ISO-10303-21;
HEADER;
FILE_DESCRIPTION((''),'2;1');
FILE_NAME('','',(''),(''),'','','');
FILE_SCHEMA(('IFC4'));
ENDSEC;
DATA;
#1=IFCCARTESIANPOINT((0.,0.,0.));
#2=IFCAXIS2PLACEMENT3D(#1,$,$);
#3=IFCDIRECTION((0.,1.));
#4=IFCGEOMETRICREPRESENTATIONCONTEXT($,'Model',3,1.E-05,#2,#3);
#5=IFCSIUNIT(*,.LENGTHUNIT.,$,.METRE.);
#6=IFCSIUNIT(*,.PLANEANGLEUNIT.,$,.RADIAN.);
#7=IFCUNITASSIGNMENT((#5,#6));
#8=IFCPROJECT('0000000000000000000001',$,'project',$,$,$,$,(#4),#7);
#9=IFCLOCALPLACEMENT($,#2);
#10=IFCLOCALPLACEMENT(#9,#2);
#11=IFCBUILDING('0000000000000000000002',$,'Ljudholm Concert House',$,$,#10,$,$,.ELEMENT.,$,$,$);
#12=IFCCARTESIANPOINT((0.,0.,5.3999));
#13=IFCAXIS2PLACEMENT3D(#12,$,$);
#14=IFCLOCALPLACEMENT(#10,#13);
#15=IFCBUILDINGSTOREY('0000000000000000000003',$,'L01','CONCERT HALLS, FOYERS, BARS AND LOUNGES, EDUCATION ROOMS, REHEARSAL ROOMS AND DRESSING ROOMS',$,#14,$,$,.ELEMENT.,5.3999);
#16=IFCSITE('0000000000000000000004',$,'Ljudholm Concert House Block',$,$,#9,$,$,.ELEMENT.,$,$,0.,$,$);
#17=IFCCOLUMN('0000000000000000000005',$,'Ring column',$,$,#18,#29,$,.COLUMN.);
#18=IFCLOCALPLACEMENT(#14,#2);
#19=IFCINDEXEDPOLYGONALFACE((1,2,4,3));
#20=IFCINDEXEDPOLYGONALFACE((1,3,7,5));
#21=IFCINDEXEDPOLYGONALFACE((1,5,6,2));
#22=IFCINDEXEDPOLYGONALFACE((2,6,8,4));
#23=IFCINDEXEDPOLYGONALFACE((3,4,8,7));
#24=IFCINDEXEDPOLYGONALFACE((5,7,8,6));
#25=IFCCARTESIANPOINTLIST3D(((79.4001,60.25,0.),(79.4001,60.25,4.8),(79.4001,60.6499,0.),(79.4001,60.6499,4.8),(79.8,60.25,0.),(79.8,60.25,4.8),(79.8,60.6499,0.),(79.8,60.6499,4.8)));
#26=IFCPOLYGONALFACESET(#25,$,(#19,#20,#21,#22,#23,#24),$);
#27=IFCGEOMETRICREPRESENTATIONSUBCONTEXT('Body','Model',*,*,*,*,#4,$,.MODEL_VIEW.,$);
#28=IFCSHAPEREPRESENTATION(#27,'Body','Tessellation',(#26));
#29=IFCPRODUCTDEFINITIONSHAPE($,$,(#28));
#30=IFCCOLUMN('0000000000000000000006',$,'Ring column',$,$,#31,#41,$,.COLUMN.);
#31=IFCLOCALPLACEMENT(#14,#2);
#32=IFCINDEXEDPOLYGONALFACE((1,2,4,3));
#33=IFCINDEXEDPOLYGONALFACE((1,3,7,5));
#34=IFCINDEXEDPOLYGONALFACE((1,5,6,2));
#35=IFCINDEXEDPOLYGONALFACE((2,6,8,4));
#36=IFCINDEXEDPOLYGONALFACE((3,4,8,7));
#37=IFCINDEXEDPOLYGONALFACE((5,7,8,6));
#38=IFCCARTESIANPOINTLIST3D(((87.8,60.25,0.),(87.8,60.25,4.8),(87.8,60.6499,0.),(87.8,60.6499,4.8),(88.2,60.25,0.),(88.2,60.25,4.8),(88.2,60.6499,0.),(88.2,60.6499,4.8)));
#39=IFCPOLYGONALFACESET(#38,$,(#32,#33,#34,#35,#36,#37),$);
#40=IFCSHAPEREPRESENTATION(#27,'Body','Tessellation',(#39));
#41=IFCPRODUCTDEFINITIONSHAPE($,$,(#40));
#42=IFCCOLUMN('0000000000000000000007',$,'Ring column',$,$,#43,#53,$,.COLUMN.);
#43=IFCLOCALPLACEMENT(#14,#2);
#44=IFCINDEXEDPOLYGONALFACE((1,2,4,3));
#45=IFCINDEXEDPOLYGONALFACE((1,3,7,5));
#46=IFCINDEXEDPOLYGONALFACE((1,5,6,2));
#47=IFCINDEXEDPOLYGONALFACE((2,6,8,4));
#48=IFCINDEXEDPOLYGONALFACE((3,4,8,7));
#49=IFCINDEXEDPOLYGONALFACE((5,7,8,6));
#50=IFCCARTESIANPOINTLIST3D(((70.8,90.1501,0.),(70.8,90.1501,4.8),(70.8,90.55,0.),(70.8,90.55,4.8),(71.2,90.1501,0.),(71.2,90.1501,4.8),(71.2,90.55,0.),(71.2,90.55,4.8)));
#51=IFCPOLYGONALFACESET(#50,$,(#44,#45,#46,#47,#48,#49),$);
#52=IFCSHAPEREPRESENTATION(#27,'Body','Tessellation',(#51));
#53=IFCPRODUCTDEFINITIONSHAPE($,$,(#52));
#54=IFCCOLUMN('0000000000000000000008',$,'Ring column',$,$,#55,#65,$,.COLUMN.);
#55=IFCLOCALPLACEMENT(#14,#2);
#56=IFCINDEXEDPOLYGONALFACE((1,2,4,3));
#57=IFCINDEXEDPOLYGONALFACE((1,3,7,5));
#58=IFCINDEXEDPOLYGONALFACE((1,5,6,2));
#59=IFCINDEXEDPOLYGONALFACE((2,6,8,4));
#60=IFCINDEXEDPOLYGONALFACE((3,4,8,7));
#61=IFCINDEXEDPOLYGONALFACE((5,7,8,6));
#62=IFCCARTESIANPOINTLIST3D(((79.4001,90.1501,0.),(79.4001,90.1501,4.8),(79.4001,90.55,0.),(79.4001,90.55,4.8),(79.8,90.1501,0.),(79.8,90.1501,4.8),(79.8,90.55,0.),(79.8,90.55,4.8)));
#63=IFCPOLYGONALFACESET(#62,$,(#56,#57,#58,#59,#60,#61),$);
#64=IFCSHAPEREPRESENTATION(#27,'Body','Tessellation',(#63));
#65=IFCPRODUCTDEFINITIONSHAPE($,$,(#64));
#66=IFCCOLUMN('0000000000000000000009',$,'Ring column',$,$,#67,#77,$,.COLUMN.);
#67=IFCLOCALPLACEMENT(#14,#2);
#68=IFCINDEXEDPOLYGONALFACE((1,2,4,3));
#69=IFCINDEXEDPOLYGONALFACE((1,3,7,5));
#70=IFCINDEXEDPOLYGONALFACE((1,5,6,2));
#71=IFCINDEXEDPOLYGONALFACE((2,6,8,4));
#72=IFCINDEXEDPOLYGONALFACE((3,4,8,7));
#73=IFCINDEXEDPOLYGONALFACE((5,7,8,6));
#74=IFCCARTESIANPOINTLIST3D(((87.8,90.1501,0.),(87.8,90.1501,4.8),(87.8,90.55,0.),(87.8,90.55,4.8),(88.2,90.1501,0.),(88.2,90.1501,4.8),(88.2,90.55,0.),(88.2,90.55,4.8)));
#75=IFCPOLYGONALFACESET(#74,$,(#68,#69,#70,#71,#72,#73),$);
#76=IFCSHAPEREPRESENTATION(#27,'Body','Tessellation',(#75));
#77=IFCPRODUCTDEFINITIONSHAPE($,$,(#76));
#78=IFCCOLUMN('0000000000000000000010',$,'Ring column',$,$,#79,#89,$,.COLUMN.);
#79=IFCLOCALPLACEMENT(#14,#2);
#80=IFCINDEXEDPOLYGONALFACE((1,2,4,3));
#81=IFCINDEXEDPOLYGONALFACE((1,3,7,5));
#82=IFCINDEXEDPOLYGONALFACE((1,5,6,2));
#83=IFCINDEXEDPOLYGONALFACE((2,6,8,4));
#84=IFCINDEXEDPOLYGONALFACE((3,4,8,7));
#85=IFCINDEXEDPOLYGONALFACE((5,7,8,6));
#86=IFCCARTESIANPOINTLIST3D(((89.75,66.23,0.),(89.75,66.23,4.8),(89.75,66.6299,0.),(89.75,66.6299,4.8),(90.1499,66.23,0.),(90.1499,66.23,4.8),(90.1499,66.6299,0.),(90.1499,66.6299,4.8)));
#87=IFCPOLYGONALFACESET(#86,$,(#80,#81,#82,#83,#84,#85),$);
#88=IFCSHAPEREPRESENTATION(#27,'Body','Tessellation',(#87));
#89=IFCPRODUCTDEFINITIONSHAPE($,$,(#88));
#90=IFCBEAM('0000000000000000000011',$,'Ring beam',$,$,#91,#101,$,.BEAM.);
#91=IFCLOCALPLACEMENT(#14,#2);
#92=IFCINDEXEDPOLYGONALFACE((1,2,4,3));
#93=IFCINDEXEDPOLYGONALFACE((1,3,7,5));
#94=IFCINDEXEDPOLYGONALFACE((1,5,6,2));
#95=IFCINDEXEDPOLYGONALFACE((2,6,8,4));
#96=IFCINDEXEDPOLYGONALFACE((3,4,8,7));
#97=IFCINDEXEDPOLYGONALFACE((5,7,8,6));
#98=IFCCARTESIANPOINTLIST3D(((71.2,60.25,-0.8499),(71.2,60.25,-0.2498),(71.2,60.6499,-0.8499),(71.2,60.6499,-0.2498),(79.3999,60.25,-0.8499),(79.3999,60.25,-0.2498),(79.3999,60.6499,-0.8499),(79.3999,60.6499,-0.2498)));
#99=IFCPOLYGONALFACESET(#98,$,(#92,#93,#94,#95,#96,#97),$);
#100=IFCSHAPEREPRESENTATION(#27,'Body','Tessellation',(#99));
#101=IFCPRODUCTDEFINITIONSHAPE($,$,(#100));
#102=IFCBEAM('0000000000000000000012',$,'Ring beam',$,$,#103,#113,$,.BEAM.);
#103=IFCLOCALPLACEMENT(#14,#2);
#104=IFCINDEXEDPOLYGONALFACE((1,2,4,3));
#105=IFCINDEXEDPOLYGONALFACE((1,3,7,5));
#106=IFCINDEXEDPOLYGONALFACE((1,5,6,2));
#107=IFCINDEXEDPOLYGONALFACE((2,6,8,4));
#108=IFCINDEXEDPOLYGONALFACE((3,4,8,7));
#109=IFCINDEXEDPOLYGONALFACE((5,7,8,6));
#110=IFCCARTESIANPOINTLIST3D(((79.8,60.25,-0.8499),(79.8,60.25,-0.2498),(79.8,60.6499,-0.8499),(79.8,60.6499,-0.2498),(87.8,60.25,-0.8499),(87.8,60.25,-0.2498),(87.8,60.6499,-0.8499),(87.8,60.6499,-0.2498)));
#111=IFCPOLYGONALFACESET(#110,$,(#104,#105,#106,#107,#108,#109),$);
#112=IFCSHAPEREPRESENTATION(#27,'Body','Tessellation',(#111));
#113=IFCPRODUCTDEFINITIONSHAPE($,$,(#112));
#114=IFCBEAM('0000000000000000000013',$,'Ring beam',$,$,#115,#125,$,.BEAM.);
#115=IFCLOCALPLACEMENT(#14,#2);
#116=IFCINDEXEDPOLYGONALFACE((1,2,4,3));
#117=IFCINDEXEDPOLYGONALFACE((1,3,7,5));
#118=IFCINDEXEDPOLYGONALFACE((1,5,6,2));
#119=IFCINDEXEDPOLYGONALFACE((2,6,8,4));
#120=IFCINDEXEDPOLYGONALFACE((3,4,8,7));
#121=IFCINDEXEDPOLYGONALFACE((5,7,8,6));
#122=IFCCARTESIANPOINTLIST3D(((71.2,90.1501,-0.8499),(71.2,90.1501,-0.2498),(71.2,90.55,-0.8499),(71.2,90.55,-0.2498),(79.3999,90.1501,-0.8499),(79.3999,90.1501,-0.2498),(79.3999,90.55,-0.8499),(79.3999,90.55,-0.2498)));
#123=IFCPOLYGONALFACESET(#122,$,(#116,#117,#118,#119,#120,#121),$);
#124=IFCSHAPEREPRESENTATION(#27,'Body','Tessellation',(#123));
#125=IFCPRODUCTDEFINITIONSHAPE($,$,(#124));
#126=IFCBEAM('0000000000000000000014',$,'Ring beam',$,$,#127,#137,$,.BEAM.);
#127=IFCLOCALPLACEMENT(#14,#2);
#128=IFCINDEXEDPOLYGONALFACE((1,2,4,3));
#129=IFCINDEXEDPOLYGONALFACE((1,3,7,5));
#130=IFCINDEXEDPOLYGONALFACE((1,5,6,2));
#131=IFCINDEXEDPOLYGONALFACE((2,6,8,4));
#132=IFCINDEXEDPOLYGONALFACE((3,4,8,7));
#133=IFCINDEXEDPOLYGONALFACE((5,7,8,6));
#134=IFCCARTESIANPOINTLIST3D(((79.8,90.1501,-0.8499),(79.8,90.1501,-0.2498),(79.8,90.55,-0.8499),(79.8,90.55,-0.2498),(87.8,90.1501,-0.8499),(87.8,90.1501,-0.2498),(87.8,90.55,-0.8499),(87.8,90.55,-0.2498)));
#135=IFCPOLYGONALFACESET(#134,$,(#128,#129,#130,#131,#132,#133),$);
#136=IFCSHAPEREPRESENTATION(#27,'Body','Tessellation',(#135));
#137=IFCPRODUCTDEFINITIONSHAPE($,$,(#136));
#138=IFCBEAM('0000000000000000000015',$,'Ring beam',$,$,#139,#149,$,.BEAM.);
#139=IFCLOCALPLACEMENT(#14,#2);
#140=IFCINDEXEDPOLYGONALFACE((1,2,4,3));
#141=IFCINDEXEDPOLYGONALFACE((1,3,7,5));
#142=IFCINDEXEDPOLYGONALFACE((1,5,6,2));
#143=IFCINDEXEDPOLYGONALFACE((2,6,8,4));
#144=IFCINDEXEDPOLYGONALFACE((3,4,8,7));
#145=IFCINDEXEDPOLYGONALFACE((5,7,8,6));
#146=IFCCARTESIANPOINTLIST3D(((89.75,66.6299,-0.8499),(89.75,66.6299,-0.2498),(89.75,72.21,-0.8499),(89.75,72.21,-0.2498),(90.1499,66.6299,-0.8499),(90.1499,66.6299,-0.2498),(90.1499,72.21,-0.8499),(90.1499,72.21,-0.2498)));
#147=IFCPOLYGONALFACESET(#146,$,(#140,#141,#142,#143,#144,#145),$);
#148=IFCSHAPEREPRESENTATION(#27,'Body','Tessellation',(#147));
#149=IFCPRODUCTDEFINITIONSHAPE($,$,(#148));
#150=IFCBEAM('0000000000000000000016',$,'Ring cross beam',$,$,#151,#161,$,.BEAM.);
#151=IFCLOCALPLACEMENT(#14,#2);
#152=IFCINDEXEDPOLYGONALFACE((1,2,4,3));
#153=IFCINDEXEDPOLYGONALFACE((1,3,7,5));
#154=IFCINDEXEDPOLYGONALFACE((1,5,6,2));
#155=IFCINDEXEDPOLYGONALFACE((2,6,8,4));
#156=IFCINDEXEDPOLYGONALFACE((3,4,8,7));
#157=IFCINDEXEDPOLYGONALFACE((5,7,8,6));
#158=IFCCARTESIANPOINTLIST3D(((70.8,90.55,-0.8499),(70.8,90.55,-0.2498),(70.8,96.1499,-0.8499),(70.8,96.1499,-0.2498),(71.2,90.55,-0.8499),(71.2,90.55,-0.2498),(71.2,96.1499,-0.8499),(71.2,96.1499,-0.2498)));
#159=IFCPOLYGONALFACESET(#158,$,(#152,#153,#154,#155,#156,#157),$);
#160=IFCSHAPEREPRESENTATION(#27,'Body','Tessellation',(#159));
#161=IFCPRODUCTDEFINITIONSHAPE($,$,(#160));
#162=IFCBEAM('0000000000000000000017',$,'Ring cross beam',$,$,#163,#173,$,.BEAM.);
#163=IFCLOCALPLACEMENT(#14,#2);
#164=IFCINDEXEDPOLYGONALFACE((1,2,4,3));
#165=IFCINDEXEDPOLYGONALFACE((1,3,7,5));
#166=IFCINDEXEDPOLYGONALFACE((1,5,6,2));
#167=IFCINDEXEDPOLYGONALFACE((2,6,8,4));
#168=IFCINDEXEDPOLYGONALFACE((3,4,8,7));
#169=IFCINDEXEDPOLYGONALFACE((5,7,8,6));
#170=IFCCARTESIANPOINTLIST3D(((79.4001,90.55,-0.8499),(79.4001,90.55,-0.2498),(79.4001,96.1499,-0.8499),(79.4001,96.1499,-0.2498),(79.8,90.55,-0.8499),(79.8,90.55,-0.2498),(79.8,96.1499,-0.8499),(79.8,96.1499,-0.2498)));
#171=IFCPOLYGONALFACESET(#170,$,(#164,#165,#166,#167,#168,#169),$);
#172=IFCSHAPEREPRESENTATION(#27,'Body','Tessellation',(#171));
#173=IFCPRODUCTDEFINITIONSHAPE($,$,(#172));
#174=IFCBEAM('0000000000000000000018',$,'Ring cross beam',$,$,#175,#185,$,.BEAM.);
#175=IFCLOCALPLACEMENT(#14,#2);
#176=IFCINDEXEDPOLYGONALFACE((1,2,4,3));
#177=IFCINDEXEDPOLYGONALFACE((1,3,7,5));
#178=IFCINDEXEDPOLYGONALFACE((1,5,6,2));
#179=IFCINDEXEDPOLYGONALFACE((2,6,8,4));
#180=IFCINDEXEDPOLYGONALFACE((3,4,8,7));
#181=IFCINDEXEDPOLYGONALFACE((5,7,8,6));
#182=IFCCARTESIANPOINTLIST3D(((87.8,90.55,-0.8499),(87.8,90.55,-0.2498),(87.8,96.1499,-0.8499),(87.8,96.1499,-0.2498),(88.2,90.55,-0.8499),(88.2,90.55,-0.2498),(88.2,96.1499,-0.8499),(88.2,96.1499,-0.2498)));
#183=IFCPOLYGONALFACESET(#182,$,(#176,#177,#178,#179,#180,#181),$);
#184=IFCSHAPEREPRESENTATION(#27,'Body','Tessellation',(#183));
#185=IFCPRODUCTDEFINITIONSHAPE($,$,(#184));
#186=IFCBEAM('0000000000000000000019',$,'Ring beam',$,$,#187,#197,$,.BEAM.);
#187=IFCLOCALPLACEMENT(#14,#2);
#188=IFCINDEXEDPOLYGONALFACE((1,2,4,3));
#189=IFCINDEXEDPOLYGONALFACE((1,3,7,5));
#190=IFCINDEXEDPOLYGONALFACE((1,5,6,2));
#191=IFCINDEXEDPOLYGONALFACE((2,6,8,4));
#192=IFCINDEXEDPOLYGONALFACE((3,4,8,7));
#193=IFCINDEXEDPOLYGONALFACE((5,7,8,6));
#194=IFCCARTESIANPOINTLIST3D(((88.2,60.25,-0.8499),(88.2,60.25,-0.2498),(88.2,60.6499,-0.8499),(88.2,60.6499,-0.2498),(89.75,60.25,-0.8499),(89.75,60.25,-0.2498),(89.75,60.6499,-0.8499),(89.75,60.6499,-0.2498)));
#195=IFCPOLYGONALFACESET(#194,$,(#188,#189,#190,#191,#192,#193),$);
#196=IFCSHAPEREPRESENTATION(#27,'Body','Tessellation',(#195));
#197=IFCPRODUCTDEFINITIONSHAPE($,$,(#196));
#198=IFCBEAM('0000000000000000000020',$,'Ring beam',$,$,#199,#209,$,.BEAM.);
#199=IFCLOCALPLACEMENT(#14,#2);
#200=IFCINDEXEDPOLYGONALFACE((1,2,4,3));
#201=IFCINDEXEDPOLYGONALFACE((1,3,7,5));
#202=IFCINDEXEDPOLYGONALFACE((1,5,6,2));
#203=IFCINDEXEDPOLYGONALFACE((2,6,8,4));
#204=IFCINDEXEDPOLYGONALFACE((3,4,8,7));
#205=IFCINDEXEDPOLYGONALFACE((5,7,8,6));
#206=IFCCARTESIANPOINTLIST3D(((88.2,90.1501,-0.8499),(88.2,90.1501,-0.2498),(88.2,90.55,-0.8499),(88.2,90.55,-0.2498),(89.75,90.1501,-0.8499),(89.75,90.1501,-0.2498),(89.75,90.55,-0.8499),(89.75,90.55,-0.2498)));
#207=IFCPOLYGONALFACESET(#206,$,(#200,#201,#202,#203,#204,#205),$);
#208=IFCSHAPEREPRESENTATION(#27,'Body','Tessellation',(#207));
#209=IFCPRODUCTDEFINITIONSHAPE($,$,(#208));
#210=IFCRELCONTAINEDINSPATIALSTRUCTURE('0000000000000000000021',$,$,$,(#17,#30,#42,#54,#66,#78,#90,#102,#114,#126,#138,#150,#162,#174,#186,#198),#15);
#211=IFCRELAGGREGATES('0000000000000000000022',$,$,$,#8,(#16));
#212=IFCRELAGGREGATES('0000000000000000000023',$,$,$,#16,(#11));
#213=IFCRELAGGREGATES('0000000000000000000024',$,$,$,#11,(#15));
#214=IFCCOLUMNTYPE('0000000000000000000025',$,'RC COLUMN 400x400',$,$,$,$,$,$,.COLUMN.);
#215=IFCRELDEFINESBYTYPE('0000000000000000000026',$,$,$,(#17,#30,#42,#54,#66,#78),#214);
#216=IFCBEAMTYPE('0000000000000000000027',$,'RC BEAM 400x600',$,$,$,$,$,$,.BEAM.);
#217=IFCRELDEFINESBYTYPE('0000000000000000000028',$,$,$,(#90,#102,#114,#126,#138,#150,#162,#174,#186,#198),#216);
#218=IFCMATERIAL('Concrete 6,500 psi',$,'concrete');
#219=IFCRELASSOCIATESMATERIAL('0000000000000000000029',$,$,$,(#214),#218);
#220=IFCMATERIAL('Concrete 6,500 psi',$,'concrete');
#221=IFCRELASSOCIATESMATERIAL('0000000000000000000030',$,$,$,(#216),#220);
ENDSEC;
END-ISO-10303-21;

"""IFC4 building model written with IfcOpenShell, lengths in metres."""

from ifc_helpers import new_model, si_unit, direction, frame, origin, origin_2d, place, context, subcontext, project, spatial, rectangle, extrude, material, material_profile, profile_set, type_object, element, save


model = new_model("IFC4")

# Units and contexts
model_context = context("Model", 3, precision=1e-05, world=origin(), true_north=direction((0.0, 1.0)))
body_context = subcontext(model_context, "Body", "Model", "MODEL_VIEW")
ifc_project = project(units=[si_unit("LENGTHUNIT", "METRE"), si_unit("PLANEANGLEUNIT", "RADIAN")], contexts=[model_context])

# Site, building, storey
site_placement = place(None, origin())
site = spatial("IfcSite", under=ifc_project, at=site_placement, Name="Ljudholm Concert House Block", CompositionType="ELEMENT", RefElevation=0.0)
building_placement = place(site_placement, origin())
building = spatial("IfcBuilding", under=site, at=building_placement, Name="Ljudholm Concert House", CompositionType="ELEMENT")
storey_placement = place(building_placement, frame((0.0, 0.0, 5.3999)))
storey = spatial("IfcBuildingStorey", under=building, at=storey_placement, Name="L01", Description="CONCERT HALLS, FOYERS, BARS AND LOUNGES, EDUCATION ROOMS, REHEARSAL ROOMS AND DRESSING ROOMS", CompositionType="ELEMENT", Elevation=5.3999)

# Columns
ifc_material_1 = material(Name="Concrete 6,500 psi", Category="concrete")
ifc_material_profile_1 = material_profile(ifc_material_1, rectangle(XDim=0.3999, YDim=0.3999, at=origin_2d()), Name="RC COLUMN 400x400")
ifc_profile_set_1 = profile_set([ifc_material_profile_1], Name="Concrete 6,500 psi")
column_type = type_object("IfcColumnType", Name="RC COLUMN 400x400", PredefinedType="COLUMN", material=ifc_profile_set_1)
for number, where, z_axis, x_axis, name in (
    (1, (79.6001, 60.45, 0.0), (0.0, 0.0, 1.0), (1.0, 0.0, 0.0), "Ring column"),
    (2, (88.0, 60.45, 0.0), (0.0, 0.0, 1.0), (1.0, 0.0, 0.0), "Ring column"),
    (3, (71.0, 90.3501, 0.0), (0.0, 0.0, 1.0), (1.0, 0.0, 0.0), "Ring column"),
    (4, (79.6001, 90.3501, 0.0), (0.0, 0.0, 1.0), (1.0, 0.0, 0.0), "Ring column"),
    (5, (88.0, 90.3501, 0.0), (0.0, 0.0, 1.0), (1.0, 0.0, 0.0), "Ring column"),
    (6, (89.95, 66.4299, 0.0), (0.0, 0.0, 1.0), (1.0, 0.0, 0.0), "Ring column"),
):
    element("IfcColumn", number, at=place(storey_placement, frame(where, z_axis=z_axis, x_axis=x_axis)), inside=storey, type_object=column_type, Name=name, PredefinedType="COLUMN", context=body_context, shape_type="SweptSolid", body=[
        extrude(rectangle(XDim=0.3999, YDim=0.3999, at=origin_2d()), origin(), (0.0, 0.0, 1.0), 4.8),
    ])

# Beams
ifc_material_2 = material(Name="Concrete 6,500 psi", Category="concrete")
ifc_material_profile_2 = material_profile(ifc_material_2, rectangle(XDim=0.3999, YDim=0.6001, at=origin_2d()), Name="RC BEAM 400x600")
ifc_profile_set_2 = profile_set([ifc_material_profile_2], Name="Concrete 6,500 psi")
beam_type_1 = type_object("IfcBeamType", Name="RC BEAM 400x600", PredefinedType="BEAM", material=ifc_profile_set_2)
beam_1_placement = place(storey_placement, frame((71.2, 60.45, -0.5498), z_axis=(1.0, 0.0, 0.0), x_axis=(0.0, 1.0, 0.0)))
element("IfcBeam", 7, at=beam_1_placement, inside=storey, type_object=beam_type_1, Name="Ring beam", PredefinedType="BEAM", context=body_context, shape_type="SweptSolid", body=[
    extrude(rectangle(XDim=0.3999, YDim=0.6001, at=origin_2d()), origin(), (0.0, 0.0, 1.0), 8.2),
])
beam_2_placement = place(storey_placement, frame((79.8, 60.45, -0.5498), z_axis=(1.0, 0.0, 0.0), x_axis=(0.0, 1.0, 0.0)))
element("IfcBeam", 8, at=beam_2_placement, inside=storey, type_object=beam_type_1, Name="Ring beam", PredefinedType="BEAM", context=body_context, shape_type="SweptSolid", body=[
    extrude(rectangle(XDim=0.3999, YDim=0.6001, at=origin_2d()), origin(), (0.0, 0.0, 1.0), 8.0),
])
beam_3_placement = place(storey_placement, frame((71.2, 90.3501, -0.5498), z_axis=(1.0, 0.0, 0.0), x_axis=(0.0, 1.0, 0.0)))
element("IfcBeam", 9, at=beam_3_placement, inside=storey, type_object=beam_type_1, Name="Ring beam", PredefinedType="BEAM", context=body_context, shape_type="SweptSolid", body=[
    extrude(rectangle(XDim=0.3999, YDim=0.6001, at=origin_2d()), origin(), (0.0, 0.0, 1.0), 8.2),
])
beam_4_placement = place(storey_placement, frame((79.8, 90.3501, -0.5498), z_axis=(1.0, 0.0, 0.0), x_axis=(0.0, 1.0, 0.0)))
element("IfcBeam", 10, at=beam_4_placement, inside=storey, type_object=beam_type_1, Name="Ring beam", PredefinedType="BEAM", context=body_context, shape_type="SweptSolid", body=[
    extrude(rectangle(XDim=0.3999, YDim=0.6001, at=origin_2d()), origin(), (0.0, 0.0, 1.0), 8.0),
])
beam_5_placement = place(storey_placement, frame((89.95, 66.6299, -0.5498), z_axis=(0.0, 1.0, 0.0), x_axis=(-1.0, 0.0, 0.0)))
element("IfcBeam", 11, at=beam_5_placement, inside=storey, type_object=beam_type_1, Name="Ring beam", PredefinedType="BEAM", context=body_context, shape_type="SweptSolid", body=[
    extrude(rectangle(XDim=0.3999, YDim=0.6001, at=origin_2d()), origin(), (0.0, 0.0, 1.0), 5.5801),
])
for number, where, z_axis, x_axis, name in (
    (12, (71.0, 90.55, -0.5498), (0.0, 1.0, 0.0), (-1.0, 0.0, 0.0), "Ring cross beam"),
    (13, (79.6001, 90.55, -0.5498), (0.0, 1.0, 0.0), (-1.0, 0.0, 0.0), "Ring cross beam"),
    (14, (88.0, 90.55, -0.5498), (0.0, 1.0, 0.0), (-1.0, 0.0, 0.0), "Ring cross beam"),
):
    element("IfcBeam", number, at=place(storey_placement, frame(where, z_axis=z_axis, x_axis=x_axis)), inside=storey, type_object=beam_type_1, Name=name, PredefinedType="BEAM", context=body_context, shape_type="SweptSolid", body=[
        extrude(rectangle(XDim=0.3999, YDim=0.6001, at=origin_2d()), origin(), (0.0, 0.0, 1.0), 5.5999),
    ])
for number, where, z_axis, x_axis, name in (
    (15, (88.2, 60.45, -0.5498), (1.0, 0.0, 0.0), (0.0, 1.0, 0.0), "Ring beam"),
    (16, (88.2, 90.3501, -0.5498), (1.0, 0.0, 0.0), (0.0, 1.0, 0.0), "Ring beam"),
):
    element("IfcBeam", number, at=place(storey_placement, frame(where, z_axis=z_axis, x_axis=x_axis)), inside=storey, type_object=beam_type_1, Name=name, PredefinedType="BEAM", context=body_context, shape_type="SweptSolid", body=[
        extrude(rectangle(XDim=0.3999, YDim=0.6001, at=origin_2d()), origin(), (0.0, 0.0, 1.0), 1.55),
    ])

save(model, "model.ifc")
